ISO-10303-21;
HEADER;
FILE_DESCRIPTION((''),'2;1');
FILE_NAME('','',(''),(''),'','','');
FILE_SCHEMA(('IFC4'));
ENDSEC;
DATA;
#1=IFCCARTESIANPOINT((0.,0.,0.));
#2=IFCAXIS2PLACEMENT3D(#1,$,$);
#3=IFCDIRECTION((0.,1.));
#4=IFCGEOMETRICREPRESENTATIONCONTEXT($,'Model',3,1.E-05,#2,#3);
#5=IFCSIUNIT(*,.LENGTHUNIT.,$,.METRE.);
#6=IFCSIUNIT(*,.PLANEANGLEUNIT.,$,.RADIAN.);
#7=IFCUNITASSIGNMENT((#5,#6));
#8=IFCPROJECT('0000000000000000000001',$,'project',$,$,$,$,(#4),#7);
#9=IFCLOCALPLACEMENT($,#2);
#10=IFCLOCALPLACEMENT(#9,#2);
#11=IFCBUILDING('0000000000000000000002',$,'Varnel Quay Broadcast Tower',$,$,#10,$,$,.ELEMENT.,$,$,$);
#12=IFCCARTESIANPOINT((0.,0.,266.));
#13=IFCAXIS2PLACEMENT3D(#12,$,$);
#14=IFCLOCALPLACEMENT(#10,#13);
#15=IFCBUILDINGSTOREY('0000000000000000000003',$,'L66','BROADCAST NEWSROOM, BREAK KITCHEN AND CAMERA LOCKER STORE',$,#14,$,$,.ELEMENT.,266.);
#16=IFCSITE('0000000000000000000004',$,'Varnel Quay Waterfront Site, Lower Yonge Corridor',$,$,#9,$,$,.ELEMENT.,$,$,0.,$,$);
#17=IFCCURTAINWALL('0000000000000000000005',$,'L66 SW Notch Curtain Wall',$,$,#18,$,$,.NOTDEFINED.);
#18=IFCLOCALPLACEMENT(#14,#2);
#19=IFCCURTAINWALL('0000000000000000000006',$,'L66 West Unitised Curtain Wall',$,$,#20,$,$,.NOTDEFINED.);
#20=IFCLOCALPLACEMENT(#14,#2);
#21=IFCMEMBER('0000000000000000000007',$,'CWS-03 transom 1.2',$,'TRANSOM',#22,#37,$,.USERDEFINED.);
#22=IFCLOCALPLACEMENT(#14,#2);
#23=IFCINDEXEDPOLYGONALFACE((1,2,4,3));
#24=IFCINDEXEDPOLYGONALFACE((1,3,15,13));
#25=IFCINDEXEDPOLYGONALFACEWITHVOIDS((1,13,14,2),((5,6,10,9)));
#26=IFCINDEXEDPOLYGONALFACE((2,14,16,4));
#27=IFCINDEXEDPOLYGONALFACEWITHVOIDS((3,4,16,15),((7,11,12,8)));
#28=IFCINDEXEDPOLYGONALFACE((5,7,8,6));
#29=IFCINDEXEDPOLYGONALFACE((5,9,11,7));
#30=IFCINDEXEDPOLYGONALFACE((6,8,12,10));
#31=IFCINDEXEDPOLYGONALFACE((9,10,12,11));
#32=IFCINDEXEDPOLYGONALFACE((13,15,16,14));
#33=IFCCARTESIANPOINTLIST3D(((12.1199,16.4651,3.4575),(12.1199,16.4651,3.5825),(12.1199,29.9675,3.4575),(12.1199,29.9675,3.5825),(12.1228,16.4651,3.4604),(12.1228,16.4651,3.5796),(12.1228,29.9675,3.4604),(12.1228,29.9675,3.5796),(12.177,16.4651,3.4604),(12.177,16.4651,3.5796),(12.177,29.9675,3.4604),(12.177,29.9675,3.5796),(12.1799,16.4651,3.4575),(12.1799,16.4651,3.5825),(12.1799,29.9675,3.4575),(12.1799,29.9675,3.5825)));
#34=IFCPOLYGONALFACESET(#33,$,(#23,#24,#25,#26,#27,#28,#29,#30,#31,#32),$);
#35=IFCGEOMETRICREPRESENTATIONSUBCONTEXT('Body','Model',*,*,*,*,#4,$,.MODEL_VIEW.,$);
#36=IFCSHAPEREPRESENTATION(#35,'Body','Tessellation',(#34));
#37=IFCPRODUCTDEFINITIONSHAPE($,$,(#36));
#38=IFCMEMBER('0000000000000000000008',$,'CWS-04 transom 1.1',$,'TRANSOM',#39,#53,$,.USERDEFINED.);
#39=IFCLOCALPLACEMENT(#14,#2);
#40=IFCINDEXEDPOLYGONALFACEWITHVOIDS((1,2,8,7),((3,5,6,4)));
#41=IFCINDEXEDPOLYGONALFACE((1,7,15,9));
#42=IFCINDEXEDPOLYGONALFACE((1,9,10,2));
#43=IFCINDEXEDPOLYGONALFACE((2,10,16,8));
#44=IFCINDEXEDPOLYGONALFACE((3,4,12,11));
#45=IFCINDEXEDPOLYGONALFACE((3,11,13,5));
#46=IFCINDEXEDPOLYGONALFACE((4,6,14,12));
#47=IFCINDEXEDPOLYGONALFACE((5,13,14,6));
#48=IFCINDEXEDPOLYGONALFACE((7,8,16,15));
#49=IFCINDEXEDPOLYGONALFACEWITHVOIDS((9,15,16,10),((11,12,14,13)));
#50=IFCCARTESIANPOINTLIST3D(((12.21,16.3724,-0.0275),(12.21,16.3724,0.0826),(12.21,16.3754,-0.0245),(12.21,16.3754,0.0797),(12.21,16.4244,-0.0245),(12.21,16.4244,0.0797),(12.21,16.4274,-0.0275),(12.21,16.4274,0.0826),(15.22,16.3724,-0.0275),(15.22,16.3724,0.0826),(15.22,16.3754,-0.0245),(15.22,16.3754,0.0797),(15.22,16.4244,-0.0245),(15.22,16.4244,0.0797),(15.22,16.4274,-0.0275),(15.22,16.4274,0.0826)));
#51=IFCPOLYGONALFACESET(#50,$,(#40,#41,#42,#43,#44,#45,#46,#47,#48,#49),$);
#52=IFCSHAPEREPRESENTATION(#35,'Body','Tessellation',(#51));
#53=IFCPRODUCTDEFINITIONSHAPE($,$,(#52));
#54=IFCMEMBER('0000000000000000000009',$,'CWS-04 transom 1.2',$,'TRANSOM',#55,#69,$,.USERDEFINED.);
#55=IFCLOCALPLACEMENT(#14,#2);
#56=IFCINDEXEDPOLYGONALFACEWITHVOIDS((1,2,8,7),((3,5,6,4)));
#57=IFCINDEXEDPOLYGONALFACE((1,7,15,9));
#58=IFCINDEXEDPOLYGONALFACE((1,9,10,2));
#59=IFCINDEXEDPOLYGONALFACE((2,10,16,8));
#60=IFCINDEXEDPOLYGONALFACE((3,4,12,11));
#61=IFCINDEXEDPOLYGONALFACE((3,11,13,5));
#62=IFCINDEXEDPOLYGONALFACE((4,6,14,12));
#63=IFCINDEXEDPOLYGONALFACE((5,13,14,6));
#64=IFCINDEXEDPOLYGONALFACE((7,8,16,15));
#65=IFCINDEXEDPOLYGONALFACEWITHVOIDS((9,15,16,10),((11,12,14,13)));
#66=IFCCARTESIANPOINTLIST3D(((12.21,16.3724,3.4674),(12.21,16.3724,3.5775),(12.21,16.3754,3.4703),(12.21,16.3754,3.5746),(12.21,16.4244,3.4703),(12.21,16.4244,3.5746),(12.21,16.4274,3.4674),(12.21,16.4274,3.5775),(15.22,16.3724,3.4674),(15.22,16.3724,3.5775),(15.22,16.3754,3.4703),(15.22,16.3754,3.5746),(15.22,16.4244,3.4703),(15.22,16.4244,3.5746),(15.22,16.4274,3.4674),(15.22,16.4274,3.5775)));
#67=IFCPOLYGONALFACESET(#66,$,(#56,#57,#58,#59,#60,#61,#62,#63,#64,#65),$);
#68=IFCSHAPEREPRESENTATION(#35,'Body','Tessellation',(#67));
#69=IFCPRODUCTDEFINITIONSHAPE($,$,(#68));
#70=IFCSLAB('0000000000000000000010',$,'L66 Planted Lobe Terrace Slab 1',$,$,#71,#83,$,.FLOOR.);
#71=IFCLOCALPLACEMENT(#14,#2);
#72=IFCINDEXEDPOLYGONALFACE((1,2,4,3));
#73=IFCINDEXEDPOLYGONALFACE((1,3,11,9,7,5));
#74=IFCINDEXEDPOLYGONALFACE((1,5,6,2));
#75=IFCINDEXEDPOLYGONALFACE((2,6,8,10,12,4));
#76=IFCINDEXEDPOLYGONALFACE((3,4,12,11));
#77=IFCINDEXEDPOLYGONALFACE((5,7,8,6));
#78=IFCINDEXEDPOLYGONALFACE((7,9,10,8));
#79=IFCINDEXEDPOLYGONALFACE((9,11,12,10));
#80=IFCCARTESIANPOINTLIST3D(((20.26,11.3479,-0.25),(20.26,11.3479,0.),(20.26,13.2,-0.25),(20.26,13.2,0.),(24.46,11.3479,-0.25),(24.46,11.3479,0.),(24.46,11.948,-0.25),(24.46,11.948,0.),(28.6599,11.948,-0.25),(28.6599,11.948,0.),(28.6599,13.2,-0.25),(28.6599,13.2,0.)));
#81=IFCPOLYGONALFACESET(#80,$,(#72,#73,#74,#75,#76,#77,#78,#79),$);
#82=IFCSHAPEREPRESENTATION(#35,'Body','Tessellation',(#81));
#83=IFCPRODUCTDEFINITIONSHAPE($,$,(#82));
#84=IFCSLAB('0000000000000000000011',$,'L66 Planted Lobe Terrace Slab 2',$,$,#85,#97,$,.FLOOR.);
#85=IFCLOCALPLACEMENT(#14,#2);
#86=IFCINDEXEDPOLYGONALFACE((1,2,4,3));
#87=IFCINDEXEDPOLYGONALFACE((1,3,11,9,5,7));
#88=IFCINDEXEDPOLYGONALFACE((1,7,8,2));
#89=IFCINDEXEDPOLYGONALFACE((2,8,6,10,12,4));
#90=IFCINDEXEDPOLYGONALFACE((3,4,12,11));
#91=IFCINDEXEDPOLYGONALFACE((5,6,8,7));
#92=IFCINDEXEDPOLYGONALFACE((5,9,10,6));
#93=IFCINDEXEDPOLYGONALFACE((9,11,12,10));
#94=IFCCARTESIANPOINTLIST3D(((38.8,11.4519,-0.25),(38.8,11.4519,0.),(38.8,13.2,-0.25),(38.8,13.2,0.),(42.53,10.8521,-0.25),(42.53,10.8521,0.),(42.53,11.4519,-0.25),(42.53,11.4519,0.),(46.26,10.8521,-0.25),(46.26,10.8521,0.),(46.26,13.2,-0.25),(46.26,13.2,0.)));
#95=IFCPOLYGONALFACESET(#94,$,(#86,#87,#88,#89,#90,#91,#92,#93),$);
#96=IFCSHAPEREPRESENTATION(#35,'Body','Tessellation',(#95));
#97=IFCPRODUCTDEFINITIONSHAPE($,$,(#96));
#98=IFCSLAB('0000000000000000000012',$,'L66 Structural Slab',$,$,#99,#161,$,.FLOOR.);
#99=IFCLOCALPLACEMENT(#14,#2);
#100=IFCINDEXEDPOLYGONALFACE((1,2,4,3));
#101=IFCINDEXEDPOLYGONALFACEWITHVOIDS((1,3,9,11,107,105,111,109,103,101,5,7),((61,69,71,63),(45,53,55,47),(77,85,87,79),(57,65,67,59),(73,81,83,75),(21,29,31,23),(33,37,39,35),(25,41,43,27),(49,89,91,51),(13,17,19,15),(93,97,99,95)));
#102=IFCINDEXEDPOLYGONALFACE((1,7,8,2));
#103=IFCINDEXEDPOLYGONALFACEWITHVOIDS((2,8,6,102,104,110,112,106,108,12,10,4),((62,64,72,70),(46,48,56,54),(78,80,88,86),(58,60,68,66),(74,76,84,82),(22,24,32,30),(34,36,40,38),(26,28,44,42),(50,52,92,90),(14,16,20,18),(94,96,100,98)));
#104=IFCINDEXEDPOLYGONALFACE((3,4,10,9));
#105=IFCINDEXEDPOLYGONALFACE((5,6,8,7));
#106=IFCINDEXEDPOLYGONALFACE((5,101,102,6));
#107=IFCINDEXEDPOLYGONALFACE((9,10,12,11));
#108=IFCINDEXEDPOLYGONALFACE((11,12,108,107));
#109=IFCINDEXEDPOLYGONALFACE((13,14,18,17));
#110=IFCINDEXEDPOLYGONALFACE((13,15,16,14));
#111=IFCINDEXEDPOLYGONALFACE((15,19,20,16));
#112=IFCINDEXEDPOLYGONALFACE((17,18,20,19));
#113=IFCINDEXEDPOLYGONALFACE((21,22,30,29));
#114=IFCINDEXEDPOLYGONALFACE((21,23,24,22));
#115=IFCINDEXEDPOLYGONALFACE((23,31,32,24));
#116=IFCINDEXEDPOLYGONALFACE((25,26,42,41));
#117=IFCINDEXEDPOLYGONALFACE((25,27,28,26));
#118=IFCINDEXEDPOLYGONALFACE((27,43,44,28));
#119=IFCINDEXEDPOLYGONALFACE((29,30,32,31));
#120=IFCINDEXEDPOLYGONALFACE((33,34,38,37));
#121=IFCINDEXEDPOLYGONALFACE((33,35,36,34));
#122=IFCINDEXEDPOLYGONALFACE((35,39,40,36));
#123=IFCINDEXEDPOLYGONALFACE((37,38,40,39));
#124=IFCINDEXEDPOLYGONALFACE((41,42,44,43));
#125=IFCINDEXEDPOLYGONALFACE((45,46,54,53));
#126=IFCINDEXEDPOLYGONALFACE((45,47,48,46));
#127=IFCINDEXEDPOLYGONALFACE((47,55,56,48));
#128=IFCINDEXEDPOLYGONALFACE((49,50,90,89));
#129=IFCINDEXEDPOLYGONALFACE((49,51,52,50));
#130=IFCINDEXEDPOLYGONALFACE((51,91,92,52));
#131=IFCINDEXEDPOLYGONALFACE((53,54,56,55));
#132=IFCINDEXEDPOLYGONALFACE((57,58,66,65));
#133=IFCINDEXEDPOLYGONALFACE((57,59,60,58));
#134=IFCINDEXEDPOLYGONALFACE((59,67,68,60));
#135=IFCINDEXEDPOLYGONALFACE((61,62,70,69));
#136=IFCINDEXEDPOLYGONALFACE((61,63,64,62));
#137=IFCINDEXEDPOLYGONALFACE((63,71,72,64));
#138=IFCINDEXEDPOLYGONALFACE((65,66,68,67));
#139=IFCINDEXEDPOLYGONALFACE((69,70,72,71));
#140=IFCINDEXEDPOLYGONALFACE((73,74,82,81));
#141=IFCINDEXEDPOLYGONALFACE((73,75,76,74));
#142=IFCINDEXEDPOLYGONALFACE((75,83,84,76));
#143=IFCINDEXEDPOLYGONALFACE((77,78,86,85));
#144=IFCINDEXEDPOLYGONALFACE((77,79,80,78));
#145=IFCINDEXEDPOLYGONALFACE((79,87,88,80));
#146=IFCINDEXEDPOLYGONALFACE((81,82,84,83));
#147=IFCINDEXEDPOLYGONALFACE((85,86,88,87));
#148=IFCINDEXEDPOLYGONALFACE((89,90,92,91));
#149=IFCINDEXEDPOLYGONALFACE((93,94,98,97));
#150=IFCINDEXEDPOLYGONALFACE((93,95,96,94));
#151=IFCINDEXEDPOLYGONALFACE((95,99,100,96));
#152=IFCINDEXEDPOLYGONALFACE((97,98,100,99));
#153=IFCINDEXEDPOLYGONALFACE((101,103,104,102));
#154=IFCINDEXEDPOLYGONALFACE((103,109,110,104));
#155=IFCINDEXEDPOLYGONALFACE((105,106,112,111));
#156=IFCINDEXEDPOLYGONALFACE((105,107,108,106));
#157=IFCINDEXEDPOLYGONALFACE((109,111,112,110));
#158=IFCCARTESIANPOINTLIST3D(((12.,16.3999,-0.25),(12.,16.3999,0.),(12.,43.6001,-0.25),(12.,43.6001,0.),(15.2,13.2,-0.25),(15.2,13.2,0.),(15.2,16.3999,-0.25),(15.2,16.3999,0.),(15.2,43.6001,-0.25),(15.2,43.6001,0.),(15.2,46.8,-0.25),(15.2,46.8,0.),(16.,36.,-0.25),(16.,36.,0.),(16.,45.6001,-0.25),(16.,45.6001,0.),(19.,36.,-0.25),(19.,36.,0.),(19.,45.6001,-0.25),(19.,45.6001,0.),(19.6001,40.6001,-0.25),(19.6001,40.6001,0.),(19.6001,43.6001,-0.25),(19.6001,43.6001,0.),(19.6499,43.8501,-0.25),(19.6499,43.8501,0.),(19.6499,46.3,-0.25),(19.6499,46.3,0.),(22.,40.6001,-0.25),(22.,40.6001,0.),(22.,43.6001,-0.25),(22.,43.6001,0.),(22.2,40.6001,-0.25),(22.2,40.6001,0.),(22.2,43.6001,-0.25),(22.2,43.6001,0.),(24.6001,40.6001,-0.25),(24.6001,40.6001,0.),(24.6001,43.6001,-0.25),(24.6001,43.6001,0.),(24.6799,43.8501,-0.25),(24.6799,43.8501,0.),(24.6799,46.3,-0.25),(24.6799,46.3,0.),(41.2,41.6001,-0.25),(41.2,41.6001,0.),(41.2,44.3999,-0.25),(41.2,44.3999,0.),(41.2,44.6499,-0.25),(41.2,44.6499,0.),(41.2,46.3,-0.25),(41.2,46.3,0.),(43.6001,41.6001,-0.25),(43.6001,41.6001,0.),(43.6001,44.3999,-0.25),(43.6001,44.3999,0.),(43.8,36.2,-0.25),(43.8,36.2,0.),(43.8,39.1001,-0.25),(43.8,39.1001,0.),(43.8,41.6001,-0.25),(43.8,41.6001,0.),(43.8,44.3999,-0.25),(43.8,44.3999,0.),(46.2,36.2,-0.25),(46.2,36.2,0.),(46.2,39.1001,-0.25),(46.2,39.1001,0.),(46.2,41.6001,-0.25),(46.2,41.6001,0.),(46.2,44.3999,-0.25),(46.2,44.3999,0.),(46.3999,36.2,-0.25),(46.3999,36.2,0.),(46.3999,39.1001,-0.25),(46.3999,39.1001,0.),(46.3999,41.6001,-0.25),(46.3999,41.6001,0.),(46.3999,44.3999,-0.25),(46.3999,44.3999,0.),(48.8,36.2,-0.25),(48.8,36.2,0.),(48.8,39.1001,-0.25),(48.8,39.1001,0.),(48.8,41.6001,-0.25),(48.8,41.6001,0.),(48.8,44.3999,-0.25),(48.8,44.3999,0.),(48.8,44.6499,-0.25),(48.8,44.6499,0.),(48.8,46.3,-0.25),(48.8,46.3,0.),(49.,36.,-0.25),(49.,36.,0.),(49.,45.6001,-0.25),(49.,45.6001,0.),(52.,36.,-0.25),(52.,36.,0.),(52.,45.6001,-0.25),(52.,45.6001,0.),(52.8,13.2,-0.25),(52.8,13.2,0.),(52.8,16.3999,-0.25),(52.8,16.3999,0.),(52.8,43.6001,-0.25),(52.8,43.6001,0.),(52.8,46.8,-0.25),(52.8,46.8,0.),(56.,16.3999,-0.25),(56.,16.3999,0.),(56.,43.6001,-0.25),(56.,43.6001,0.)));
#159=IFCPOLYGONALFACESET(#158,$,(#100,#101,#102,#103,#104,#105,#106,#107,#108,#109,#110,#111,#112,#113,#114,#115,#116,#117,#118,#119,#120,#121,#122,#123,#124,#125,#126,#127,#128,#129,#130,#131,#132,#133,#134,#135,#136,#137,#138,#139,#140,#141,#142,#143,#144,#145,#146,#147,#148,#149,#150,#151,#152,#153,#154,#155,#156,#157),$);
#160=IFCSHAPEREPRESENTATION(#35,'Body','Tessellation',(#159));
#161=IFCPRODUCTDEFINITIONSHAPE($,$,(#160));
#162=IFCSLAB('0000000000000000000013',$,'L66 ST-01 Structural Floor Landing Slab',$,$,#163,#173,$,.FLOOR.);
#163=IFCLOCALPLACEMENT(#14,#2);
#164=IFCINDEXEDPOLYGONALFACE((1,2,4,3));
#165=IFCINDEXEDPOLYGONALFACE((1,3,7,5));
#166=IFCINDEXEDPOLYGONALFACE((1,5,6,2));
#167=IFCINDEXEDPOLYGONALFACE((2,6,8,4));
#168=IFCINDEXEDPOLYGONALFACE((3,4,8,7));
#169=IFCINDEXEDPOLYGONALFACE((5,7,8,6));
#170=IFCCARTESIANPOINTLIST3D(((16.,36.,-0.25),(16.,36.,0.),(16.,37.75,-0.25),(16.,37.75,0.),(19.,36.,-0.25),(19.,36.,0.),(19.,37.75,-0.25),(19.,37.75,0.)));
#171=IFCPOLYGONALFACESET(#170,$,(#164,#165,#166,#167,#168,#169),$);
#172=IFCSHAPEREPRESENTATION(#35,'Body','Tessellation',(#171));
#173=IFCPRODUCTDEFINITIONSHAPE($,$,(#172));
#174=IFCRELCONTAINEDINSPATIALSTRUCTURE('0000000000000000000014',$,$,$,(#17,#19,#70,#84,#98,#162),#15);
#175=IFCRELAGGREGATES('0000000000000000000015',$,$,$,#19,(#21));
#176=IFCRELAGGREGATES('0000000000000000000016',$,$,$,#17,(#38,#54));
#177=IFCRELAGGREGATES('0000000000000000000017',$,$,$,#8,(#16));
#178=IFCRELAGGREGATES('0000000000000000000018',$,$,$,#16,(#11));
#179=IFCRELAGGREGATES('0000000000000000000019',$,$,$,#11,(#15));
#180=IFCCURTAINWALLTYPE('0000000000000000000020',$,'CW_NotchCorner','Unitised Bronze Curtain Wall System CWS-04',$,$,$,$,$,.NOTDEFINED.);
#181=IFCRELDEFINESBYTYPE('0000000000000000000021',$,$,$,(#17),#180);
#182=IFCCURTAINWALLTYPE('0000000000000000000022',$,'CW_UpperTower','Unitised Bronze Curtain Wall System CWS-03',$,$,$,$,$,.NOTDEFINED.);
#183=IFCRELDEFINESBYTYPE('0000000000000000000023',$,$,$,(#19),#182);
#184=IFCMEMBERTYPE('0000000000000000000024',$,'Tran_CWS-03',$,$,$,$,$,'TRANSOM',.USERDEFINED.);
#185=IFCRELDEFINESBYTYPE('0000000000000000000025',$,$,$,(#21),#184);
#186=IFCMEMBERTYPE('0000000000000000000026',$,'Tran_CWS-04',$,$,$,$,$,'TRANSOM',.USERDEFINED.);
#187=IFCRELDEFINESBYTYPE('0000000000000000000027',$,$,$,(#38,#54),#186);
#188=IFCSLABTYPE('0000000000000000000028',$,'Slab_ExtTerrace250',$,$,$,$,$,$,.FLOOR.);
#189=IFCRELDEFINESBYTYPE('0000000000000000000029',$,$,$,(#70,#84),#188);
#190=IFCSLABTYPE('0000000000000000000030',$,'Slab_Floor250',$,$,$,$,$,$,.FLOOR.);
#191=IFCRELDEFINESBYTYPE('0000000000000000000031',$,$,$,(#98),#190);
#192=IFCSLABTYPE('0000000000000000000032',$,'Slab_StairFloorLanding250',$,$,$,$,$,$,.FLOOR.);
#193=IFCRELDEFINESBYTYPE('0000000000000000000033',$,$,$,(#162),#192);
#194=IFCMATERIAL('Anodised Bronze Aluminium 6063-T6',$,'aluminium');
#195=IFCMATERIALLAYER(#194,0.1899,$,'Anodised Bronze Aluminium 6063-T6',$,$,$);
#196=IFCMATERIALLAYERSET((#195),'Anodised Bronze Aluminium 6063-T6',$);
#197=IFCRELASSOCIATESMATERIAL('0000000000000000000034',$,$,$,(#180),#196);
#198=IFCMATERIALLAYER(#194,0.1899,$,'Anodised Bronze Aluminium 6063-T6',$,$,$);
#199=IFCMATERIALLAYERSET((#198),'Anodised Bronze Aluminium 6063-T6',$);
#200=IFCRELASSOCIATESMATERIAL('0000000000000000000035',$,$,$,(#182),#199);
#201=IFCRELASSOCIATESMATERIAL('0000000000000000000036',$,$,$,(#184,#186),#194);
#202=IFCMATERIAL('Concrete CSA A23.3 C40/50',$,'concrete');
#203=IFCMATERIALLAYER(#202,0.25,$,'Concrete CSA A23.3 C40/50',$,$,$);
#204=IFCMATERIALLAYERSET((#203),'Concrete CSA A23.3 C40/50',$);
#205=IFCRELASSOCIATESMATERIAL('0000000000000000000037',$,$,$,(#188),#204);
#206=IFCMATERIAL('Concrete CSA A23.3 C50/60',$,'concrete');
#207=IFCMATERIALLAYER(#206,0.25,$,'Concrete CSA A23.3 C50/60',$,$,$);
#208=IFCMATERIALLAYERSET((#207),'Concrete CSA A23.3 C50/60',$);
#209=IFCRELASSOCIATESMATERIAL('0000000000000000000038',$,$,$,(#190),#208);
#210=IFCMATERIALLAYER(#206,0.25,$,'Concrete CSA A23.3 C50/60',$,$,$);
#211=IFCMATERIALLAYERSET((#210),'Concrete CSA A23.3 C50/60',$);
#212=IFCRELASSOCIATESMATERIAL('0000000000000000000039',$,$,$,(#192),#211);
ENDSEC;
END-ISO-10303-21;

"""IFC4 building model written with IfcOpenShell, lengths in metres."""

from ifc_helpers import new_model, si_unit, direction, frame, origin, origin_2d, place, context, subcontext, project, spatial, polyline, hollow_rectangle, outline, extrude, source, transform, mapped, material, layer, layer_set, material_profile, profile_set, type_object, type_shapes, element, aggregate, save


model = new_model("IFC4")

# Units and contexts
model_context = context("Model", 3, precision=1e-05, world=origin(), true_north=direction((0.0, 1.0)))
body_context = subcontext(model_context, "Body", "Model", "MODEL_VIEW")
ifc_project = project(units=[si_unit("LENGTHUNIT", "METRE"), si_unit("PLANEANGLEUNIT", "RADIAN")], contexts=[model_context])

# Site, building, storey
site_placement = place(None, origin())
site = spatial("IfcSite", under=ifc_project, at=site_placement, Name="Varnel Quay Waterfront Site, Lower Yonge Corridor", CompositionType="ELEMENT", RefElevation=0.0)
building_placement = place(site_placement, origin())
building = spatial("IfcBuilding", under=site, at=building_placement, Name="Varnel Quay Broadcast Tower", CompositionType="ELEMENT")
storey_placement = place(building_placement, frame((0.0, 0.0, 266.0)))
storey = spatial("IfcBuildingStorey", under=building, at=storey_placement, Name="L66", Description="BROADCAST NEWSROOM, BREAK KITCHEN AND CAMERA LOCKER STORE", CompositionType="ELEMENT", Elevation=266.0)

# Curtain wall
ifc_material_1 = material(Name="Anodised Bronze Aluminium 6063-T6", Category="aluminium")
ifc_layer_1 = layer(ifc_material_1, 0.1899, Name="Anodised Bronze Aluminium 6063-T6")
ifc_layer_set_1 = layer_set([ifc_layer_1], Name="Anodised Bronze Aluminium 6063-T6")
curtain_wall_type_1 = type_object("IfcCurtainWallType", Name="CW_NotchCorner", Description="Unitised Bronze Curtain Wall System CWS-04", PredefinedType="NOTDEFINED", material=ifc_layer_set_1)
curtain_wall_1_placement = place(storey_placement, origin())
curtain_wall_1 = element("IfcCurtainWall", 1, at=curtain_wall_1_placement, inside=storey, type_object=curtain_wall_type_1, Name="L66 SW Notch Curtain Wall", PredefinedType="NOTDEFINED")

# Curtain wall, member
ifc_layer_2 = layer(ifc_material_1, 0.1899, Name="Anodised Bronze Aluminium 6063-T6")
ifc_layer_set_2 = layer_set([ifc_layer_2], Name="Anodised Bronze Aluminium 6063-T6")
curtain_wall_type_2 = type_object("IfcCurtainWallType", Name="CW_UpperTower", Description="Unitised Bronze Curtain Wall System CWS-03", PredefinedType="NOTDEFINED", material=ifc_layer_set_2)
curtain_wall_2_placement = place(storey_placement, origin())
curtain_wall_2 = element("IfcCurtainWall", 2, at=curtain_wall_2_placement, inside=storey, type_object=curtain_wall_type_2, Name="L66 West Unitised Curtain Wall", PredefinedType="NOTDEFINED")
ifc_material_profile_1 = material_profile(ifc_material_1, hollow_rectangle(XDim=0.0601, YDim=0.125, WallThickness=0.0029, at=origin_2d()), Name="ALU60X125X3")
ifc_profile_set_1 = profile_set([ifc_material_profile_1], Name="Anodised Bronze Aluminium 6063-T6")
member_type_1 = type_object("IfcMemberType", Name="Tran_CWS-03", ElementType="TRANSOM", PredefinedType="USERDEFINED", material=ifc_profile_set_1)
shared_shape_1 = source(origin(), body_context, "Body", "SweptSolid", [
    extrude(hollow_rectangle(XDim=0.0601, YDim=0.125, WallThickness=0.0029, at=origin_2d()), origin(), (0.0, 0.0, 1.0), 13.5024),
])
type_shapes(member_type_1, [shared_shape_1])
member_1_placement = place(storey_placement, frame((12.1499, 16.4651, 3.52), z_axis=(0.0, 1.0, 0.0), x_axis=(-1.0, 0.0, 0.0)))
member_1 = element("IfcMember", 3, at=member_1_placement, type_object=member_type_1, Name="CWS-03 transom 1.2", ObjectType="TRANSOM", PredefinedType="USERDEFINED", context=body_context, shape_type="MappedRepresentation", body=[
    mapped(shared_shape_1, transform((0.0, 0.0, 0.0), x_axis=(1.0, 0.0, 0.0), y_axis=(0.0, 1.0, 0.0), z_axis=(0.0, 0.0, 1.0), scale=1.0)),
])
aggregate(curtain_wall_2, [member_1])

# Members
ifc_material_profile_2 = material_profile(ifc_material_1, hollow_rectangle(XDim=0.0549, YDim=0.1101, WallThickness=0.0029, at=origin_2d()), Name="ALU55X110X3")
ifc_profile_set_2 = profile_set([ifc_material_profile_2], Name="Anodised Bronze Aluminium 6063-T6")
member_type_2 = type_object("IfcMemberType", Name="Tran_CWS-04", ElementType="TRANSOM", PredefinedType="USERDEFINED", material=ifc_profile_set_2)
shared_shape_2 = source(origin(), body_context, "Body", "SweptSolid", [
    extrude(hollow_rectangle(XDim=0.0549, YDim=0.1101, WallThickness=0.0029, at=origin_2d()), origin(), (0.0, 0.0, 1.0), 3.01),
])
type_shapes(member_type_2, [shared_shape_2])
member_2_placement = place(storey_placement, frame((12.21, 16.3999, 0.0276), z_axis=(1.0, 0.0, 0.0), x_axis=(0.0, 1.0, 0.0)))
member_2 = element("IfcMember", 4, at=member_2_placement, type_object=member_type_2, Name="CWS-04 transom 1.1", ObjectType="TRANSOM", PredefinedType="USERDEFINED", context=body_context, shape_type="MappedRepresentation", body=[
    mapped(shared_shape_2, transform((0.0, 0.0, 0.0), x_axis=(1.0, 0.0, 0.0), y_axis=(0.0, 1.0, 0.0), z_axis=(0.0, 0.0, 1.0), scale=1.0)),
])
member_3_placement = place(storey_placement, frame((12.21, 16.3999, 3.5225), z_axis=(1.0, 0.0, 0.0), x_axis=(0.0, 1.0, 0.0)))
member_3 = element("IfcMember", 5, at=member_3_placement, type_object=member_type_2, Name="CWS-04 transom 1.2", ObjectType="TRANSOM", PredefinedType="USERDEFINED", context=body_context, shape_type="MappedRepresentation", body=[
    mapped(shared_shape_2, transform((0.0, 0.0, 0.0), x_axis=(1.0, 0.0, 0.0), y_axis=(0.0, 1.0, 0.0), z_axis=(0.0, 0.0, 1.0), scale=1.0)),
])

# Slabs
ifc_material_2 = material(Name="Concrete CSA A23.3 C40/50", Category="concrete")
ifc_layer_3 = layer(ifc_material_2, 0.25, Name="Concrete CSA A23.3 C40/50")
ifc_layer_set_3 = layer_set([ifc_layer_3], Name="Concrete CSA A23.3 C40/50")
slab_type_1 = type_object("IfcSlabType", Name="Slab_ExtTerrace250", PredefinedType="FLOOR", material=ifc_layer_set_3)
slab_1_placement = place(storey_placement, frame((0.0, 0.0, -0.25)))
element("IfcSlab", 6, at=slab_1_placement, inside=storey, type_object=slab_type_1, Name="L66 Planted Lobe Terrace Slab 1", PredefinedType="FLOOR", context=body_context, shape_type="SweptSolid", body=[
    extrude(outline(polyline([(20.26, 11.3479), (24.46, 11.3479), (24.46, 11.948), (28.6599, 11.948), (28.6599, 13.2), (20.26, 13.2), (20.26, 11.3479)])), origin(), (0.0, 0.0, 1.0), 0.25),
])
slab_2_placement = place(storey_placement, frame((0.0, 0.0, -0.25)))
element("IfcSlab", 7, at=slab_2_placement, inside=storey, type_object=slab_type_1, Name="L66 Planted Lobe Terrace Slab 2", PredefinedType="FLOOR", context=body_context, shape_type="SweptSolid", body=[
    extrude(outline(polyline([(38.8, 11.4519), (42.53, 11.4519), (42.53, 10.8521), (46.26, 10.8521), (46.26, 13.2), (38.8, 13.2), (38.8, 11.4519)])), origin(), (0.0, 0.0, 1.0), 0.25),
])
ifc_material_3 = material(Name="Concrete CSA A23.3 C50/60", Category="concrete")
ifc_layer_4 = layer(ifc_material_3, 0.25, Name="Concrete CSA A23.3 C50/60")
ifc_layer_set_4 = layer_set([ifc_layer_4], Name="Concrete CSA A23.3 C50/60")
slab_type_2 = type_object("IfcSlabType", Name="Slab_Floor250", PredefinedType="FLOOR", material=ifc_layer_set_4)
slab_3_placement = place(storey_placement, frame((0.0, 0.0, -0.25)))
element("IfcSlab", 8, at=slab_3_placement, inside=storey, type_object=slab_type_2, Name="L66 Structural Slab", PredefinedType="FLOOR", context=body_context, shape_type="SweptSolid", body=[
    extrude(outline(polyline([(15.2, 13.2), (52.8, 13.2), (52.8, 16.3999), (56.0, 16.3999), (56.0, 43.6001), (52.8, 43.6001), (52.8, 46.8), (15.2, 46.8), (15.2, 43.6001), (12.0, 43.6001), (12.0, 16.3999), (15.2, 16.3999), (15.2, 13.2)]), holes=[polyline([(19.0, 36.0), (16.0, 36.0), (16.0, 45.6001), (19.0, 45.6001), (19.0, 36.0)]), polyline([(19.6001, 40.6001), (19.6001, 43.6001), (22.0, 43.6001), (22.0, 40.6001), (19.6001, 40.6001)]), polyline([(22.2, 40.6001), (22.2, 43.6001), (24.6001, 43.6001), (24.6001, 40.6001), (22.2, 40.6001)]), polyline([(41.2, 44.3999), (43.6001, 44.3999), (43.6001, 41.6001), (41.2, 41.6001), (41.2, 44.3999)]), polyline([(43.8, 44.3999), (46.2, 44.3999), (46.2, 41.6001), (43.8, 41.6001), (43.8, 44.3999)]), polyline([(19.6499, 43.8501), (19.6499, 46.3), (24.6799, 46.3), (24.6799, 43.8501), (19.6499, 43.8501)]), polyline([(43.8, 39.1001), (46.2, 39.1001), (46.2, 36.2), (43.8, 36.2), (43.8, 39.1001)]), polyline([(46.3999, 39.1001), (48.8, 39.1001), (48.8, 36.2), (46.3999, 36.2), (46.3999, 39.1001)]), polyline([(52.0, 36.0), (49.0, 36.0), (49.0, 45.6001), (52.0, 45.6001), (52.0, 36.0)]), polyline([(46.3999, 44.3999), (48.8, 44.3999), (48.8, 41.6001), (46.3999, 41.6001), (46.3999, 44.3999)]), polyline([(41.2, 46.3), (48.8, 46.3), (48.8, 44.6499), (41.2, 44.6499), (41.2, 46.3)])]), origin(), (0.0, 0.0, 1.0), 0.25),
])
ifc_layer_5 = layer(ifc_material_3, 0.25, Name="Concrete CSA A23.3 C50/60")
ifc_layer_set_5 = layer_set([ifc_layer_5], Name="Concrete CSA A23.3 C50/60")
slab_type_3 = type_object("IfcSlabType", Name="Slab_StairFloorLanding250", PredefinedType="FLOOR", material=ifc_layer_set_5)
slab_4_placement = place(storey_placement, frame((0.0, 0.0, -0.25)))
element("IfcSlab", 9, at=slab_4_placement, inside=storey, type_object=slab_type_3, Name="L66 ST-01 Structural Floor Landing Slab", PredefinedType="FLOOR", context=body_context, shape_type="SweptSolid", body=[
    extrude(outline(polyline([(19.0, 36.0), (19.0, 37.75), (16.0, 37.75), (16.0, 36.0), (19.0, 36.0)])), origin(), (0.0, 0.0, 1.0), 0.25),
])

aggregate(curtain_wall_1, [member_2, member_3])

save(model, "model.ifc")
